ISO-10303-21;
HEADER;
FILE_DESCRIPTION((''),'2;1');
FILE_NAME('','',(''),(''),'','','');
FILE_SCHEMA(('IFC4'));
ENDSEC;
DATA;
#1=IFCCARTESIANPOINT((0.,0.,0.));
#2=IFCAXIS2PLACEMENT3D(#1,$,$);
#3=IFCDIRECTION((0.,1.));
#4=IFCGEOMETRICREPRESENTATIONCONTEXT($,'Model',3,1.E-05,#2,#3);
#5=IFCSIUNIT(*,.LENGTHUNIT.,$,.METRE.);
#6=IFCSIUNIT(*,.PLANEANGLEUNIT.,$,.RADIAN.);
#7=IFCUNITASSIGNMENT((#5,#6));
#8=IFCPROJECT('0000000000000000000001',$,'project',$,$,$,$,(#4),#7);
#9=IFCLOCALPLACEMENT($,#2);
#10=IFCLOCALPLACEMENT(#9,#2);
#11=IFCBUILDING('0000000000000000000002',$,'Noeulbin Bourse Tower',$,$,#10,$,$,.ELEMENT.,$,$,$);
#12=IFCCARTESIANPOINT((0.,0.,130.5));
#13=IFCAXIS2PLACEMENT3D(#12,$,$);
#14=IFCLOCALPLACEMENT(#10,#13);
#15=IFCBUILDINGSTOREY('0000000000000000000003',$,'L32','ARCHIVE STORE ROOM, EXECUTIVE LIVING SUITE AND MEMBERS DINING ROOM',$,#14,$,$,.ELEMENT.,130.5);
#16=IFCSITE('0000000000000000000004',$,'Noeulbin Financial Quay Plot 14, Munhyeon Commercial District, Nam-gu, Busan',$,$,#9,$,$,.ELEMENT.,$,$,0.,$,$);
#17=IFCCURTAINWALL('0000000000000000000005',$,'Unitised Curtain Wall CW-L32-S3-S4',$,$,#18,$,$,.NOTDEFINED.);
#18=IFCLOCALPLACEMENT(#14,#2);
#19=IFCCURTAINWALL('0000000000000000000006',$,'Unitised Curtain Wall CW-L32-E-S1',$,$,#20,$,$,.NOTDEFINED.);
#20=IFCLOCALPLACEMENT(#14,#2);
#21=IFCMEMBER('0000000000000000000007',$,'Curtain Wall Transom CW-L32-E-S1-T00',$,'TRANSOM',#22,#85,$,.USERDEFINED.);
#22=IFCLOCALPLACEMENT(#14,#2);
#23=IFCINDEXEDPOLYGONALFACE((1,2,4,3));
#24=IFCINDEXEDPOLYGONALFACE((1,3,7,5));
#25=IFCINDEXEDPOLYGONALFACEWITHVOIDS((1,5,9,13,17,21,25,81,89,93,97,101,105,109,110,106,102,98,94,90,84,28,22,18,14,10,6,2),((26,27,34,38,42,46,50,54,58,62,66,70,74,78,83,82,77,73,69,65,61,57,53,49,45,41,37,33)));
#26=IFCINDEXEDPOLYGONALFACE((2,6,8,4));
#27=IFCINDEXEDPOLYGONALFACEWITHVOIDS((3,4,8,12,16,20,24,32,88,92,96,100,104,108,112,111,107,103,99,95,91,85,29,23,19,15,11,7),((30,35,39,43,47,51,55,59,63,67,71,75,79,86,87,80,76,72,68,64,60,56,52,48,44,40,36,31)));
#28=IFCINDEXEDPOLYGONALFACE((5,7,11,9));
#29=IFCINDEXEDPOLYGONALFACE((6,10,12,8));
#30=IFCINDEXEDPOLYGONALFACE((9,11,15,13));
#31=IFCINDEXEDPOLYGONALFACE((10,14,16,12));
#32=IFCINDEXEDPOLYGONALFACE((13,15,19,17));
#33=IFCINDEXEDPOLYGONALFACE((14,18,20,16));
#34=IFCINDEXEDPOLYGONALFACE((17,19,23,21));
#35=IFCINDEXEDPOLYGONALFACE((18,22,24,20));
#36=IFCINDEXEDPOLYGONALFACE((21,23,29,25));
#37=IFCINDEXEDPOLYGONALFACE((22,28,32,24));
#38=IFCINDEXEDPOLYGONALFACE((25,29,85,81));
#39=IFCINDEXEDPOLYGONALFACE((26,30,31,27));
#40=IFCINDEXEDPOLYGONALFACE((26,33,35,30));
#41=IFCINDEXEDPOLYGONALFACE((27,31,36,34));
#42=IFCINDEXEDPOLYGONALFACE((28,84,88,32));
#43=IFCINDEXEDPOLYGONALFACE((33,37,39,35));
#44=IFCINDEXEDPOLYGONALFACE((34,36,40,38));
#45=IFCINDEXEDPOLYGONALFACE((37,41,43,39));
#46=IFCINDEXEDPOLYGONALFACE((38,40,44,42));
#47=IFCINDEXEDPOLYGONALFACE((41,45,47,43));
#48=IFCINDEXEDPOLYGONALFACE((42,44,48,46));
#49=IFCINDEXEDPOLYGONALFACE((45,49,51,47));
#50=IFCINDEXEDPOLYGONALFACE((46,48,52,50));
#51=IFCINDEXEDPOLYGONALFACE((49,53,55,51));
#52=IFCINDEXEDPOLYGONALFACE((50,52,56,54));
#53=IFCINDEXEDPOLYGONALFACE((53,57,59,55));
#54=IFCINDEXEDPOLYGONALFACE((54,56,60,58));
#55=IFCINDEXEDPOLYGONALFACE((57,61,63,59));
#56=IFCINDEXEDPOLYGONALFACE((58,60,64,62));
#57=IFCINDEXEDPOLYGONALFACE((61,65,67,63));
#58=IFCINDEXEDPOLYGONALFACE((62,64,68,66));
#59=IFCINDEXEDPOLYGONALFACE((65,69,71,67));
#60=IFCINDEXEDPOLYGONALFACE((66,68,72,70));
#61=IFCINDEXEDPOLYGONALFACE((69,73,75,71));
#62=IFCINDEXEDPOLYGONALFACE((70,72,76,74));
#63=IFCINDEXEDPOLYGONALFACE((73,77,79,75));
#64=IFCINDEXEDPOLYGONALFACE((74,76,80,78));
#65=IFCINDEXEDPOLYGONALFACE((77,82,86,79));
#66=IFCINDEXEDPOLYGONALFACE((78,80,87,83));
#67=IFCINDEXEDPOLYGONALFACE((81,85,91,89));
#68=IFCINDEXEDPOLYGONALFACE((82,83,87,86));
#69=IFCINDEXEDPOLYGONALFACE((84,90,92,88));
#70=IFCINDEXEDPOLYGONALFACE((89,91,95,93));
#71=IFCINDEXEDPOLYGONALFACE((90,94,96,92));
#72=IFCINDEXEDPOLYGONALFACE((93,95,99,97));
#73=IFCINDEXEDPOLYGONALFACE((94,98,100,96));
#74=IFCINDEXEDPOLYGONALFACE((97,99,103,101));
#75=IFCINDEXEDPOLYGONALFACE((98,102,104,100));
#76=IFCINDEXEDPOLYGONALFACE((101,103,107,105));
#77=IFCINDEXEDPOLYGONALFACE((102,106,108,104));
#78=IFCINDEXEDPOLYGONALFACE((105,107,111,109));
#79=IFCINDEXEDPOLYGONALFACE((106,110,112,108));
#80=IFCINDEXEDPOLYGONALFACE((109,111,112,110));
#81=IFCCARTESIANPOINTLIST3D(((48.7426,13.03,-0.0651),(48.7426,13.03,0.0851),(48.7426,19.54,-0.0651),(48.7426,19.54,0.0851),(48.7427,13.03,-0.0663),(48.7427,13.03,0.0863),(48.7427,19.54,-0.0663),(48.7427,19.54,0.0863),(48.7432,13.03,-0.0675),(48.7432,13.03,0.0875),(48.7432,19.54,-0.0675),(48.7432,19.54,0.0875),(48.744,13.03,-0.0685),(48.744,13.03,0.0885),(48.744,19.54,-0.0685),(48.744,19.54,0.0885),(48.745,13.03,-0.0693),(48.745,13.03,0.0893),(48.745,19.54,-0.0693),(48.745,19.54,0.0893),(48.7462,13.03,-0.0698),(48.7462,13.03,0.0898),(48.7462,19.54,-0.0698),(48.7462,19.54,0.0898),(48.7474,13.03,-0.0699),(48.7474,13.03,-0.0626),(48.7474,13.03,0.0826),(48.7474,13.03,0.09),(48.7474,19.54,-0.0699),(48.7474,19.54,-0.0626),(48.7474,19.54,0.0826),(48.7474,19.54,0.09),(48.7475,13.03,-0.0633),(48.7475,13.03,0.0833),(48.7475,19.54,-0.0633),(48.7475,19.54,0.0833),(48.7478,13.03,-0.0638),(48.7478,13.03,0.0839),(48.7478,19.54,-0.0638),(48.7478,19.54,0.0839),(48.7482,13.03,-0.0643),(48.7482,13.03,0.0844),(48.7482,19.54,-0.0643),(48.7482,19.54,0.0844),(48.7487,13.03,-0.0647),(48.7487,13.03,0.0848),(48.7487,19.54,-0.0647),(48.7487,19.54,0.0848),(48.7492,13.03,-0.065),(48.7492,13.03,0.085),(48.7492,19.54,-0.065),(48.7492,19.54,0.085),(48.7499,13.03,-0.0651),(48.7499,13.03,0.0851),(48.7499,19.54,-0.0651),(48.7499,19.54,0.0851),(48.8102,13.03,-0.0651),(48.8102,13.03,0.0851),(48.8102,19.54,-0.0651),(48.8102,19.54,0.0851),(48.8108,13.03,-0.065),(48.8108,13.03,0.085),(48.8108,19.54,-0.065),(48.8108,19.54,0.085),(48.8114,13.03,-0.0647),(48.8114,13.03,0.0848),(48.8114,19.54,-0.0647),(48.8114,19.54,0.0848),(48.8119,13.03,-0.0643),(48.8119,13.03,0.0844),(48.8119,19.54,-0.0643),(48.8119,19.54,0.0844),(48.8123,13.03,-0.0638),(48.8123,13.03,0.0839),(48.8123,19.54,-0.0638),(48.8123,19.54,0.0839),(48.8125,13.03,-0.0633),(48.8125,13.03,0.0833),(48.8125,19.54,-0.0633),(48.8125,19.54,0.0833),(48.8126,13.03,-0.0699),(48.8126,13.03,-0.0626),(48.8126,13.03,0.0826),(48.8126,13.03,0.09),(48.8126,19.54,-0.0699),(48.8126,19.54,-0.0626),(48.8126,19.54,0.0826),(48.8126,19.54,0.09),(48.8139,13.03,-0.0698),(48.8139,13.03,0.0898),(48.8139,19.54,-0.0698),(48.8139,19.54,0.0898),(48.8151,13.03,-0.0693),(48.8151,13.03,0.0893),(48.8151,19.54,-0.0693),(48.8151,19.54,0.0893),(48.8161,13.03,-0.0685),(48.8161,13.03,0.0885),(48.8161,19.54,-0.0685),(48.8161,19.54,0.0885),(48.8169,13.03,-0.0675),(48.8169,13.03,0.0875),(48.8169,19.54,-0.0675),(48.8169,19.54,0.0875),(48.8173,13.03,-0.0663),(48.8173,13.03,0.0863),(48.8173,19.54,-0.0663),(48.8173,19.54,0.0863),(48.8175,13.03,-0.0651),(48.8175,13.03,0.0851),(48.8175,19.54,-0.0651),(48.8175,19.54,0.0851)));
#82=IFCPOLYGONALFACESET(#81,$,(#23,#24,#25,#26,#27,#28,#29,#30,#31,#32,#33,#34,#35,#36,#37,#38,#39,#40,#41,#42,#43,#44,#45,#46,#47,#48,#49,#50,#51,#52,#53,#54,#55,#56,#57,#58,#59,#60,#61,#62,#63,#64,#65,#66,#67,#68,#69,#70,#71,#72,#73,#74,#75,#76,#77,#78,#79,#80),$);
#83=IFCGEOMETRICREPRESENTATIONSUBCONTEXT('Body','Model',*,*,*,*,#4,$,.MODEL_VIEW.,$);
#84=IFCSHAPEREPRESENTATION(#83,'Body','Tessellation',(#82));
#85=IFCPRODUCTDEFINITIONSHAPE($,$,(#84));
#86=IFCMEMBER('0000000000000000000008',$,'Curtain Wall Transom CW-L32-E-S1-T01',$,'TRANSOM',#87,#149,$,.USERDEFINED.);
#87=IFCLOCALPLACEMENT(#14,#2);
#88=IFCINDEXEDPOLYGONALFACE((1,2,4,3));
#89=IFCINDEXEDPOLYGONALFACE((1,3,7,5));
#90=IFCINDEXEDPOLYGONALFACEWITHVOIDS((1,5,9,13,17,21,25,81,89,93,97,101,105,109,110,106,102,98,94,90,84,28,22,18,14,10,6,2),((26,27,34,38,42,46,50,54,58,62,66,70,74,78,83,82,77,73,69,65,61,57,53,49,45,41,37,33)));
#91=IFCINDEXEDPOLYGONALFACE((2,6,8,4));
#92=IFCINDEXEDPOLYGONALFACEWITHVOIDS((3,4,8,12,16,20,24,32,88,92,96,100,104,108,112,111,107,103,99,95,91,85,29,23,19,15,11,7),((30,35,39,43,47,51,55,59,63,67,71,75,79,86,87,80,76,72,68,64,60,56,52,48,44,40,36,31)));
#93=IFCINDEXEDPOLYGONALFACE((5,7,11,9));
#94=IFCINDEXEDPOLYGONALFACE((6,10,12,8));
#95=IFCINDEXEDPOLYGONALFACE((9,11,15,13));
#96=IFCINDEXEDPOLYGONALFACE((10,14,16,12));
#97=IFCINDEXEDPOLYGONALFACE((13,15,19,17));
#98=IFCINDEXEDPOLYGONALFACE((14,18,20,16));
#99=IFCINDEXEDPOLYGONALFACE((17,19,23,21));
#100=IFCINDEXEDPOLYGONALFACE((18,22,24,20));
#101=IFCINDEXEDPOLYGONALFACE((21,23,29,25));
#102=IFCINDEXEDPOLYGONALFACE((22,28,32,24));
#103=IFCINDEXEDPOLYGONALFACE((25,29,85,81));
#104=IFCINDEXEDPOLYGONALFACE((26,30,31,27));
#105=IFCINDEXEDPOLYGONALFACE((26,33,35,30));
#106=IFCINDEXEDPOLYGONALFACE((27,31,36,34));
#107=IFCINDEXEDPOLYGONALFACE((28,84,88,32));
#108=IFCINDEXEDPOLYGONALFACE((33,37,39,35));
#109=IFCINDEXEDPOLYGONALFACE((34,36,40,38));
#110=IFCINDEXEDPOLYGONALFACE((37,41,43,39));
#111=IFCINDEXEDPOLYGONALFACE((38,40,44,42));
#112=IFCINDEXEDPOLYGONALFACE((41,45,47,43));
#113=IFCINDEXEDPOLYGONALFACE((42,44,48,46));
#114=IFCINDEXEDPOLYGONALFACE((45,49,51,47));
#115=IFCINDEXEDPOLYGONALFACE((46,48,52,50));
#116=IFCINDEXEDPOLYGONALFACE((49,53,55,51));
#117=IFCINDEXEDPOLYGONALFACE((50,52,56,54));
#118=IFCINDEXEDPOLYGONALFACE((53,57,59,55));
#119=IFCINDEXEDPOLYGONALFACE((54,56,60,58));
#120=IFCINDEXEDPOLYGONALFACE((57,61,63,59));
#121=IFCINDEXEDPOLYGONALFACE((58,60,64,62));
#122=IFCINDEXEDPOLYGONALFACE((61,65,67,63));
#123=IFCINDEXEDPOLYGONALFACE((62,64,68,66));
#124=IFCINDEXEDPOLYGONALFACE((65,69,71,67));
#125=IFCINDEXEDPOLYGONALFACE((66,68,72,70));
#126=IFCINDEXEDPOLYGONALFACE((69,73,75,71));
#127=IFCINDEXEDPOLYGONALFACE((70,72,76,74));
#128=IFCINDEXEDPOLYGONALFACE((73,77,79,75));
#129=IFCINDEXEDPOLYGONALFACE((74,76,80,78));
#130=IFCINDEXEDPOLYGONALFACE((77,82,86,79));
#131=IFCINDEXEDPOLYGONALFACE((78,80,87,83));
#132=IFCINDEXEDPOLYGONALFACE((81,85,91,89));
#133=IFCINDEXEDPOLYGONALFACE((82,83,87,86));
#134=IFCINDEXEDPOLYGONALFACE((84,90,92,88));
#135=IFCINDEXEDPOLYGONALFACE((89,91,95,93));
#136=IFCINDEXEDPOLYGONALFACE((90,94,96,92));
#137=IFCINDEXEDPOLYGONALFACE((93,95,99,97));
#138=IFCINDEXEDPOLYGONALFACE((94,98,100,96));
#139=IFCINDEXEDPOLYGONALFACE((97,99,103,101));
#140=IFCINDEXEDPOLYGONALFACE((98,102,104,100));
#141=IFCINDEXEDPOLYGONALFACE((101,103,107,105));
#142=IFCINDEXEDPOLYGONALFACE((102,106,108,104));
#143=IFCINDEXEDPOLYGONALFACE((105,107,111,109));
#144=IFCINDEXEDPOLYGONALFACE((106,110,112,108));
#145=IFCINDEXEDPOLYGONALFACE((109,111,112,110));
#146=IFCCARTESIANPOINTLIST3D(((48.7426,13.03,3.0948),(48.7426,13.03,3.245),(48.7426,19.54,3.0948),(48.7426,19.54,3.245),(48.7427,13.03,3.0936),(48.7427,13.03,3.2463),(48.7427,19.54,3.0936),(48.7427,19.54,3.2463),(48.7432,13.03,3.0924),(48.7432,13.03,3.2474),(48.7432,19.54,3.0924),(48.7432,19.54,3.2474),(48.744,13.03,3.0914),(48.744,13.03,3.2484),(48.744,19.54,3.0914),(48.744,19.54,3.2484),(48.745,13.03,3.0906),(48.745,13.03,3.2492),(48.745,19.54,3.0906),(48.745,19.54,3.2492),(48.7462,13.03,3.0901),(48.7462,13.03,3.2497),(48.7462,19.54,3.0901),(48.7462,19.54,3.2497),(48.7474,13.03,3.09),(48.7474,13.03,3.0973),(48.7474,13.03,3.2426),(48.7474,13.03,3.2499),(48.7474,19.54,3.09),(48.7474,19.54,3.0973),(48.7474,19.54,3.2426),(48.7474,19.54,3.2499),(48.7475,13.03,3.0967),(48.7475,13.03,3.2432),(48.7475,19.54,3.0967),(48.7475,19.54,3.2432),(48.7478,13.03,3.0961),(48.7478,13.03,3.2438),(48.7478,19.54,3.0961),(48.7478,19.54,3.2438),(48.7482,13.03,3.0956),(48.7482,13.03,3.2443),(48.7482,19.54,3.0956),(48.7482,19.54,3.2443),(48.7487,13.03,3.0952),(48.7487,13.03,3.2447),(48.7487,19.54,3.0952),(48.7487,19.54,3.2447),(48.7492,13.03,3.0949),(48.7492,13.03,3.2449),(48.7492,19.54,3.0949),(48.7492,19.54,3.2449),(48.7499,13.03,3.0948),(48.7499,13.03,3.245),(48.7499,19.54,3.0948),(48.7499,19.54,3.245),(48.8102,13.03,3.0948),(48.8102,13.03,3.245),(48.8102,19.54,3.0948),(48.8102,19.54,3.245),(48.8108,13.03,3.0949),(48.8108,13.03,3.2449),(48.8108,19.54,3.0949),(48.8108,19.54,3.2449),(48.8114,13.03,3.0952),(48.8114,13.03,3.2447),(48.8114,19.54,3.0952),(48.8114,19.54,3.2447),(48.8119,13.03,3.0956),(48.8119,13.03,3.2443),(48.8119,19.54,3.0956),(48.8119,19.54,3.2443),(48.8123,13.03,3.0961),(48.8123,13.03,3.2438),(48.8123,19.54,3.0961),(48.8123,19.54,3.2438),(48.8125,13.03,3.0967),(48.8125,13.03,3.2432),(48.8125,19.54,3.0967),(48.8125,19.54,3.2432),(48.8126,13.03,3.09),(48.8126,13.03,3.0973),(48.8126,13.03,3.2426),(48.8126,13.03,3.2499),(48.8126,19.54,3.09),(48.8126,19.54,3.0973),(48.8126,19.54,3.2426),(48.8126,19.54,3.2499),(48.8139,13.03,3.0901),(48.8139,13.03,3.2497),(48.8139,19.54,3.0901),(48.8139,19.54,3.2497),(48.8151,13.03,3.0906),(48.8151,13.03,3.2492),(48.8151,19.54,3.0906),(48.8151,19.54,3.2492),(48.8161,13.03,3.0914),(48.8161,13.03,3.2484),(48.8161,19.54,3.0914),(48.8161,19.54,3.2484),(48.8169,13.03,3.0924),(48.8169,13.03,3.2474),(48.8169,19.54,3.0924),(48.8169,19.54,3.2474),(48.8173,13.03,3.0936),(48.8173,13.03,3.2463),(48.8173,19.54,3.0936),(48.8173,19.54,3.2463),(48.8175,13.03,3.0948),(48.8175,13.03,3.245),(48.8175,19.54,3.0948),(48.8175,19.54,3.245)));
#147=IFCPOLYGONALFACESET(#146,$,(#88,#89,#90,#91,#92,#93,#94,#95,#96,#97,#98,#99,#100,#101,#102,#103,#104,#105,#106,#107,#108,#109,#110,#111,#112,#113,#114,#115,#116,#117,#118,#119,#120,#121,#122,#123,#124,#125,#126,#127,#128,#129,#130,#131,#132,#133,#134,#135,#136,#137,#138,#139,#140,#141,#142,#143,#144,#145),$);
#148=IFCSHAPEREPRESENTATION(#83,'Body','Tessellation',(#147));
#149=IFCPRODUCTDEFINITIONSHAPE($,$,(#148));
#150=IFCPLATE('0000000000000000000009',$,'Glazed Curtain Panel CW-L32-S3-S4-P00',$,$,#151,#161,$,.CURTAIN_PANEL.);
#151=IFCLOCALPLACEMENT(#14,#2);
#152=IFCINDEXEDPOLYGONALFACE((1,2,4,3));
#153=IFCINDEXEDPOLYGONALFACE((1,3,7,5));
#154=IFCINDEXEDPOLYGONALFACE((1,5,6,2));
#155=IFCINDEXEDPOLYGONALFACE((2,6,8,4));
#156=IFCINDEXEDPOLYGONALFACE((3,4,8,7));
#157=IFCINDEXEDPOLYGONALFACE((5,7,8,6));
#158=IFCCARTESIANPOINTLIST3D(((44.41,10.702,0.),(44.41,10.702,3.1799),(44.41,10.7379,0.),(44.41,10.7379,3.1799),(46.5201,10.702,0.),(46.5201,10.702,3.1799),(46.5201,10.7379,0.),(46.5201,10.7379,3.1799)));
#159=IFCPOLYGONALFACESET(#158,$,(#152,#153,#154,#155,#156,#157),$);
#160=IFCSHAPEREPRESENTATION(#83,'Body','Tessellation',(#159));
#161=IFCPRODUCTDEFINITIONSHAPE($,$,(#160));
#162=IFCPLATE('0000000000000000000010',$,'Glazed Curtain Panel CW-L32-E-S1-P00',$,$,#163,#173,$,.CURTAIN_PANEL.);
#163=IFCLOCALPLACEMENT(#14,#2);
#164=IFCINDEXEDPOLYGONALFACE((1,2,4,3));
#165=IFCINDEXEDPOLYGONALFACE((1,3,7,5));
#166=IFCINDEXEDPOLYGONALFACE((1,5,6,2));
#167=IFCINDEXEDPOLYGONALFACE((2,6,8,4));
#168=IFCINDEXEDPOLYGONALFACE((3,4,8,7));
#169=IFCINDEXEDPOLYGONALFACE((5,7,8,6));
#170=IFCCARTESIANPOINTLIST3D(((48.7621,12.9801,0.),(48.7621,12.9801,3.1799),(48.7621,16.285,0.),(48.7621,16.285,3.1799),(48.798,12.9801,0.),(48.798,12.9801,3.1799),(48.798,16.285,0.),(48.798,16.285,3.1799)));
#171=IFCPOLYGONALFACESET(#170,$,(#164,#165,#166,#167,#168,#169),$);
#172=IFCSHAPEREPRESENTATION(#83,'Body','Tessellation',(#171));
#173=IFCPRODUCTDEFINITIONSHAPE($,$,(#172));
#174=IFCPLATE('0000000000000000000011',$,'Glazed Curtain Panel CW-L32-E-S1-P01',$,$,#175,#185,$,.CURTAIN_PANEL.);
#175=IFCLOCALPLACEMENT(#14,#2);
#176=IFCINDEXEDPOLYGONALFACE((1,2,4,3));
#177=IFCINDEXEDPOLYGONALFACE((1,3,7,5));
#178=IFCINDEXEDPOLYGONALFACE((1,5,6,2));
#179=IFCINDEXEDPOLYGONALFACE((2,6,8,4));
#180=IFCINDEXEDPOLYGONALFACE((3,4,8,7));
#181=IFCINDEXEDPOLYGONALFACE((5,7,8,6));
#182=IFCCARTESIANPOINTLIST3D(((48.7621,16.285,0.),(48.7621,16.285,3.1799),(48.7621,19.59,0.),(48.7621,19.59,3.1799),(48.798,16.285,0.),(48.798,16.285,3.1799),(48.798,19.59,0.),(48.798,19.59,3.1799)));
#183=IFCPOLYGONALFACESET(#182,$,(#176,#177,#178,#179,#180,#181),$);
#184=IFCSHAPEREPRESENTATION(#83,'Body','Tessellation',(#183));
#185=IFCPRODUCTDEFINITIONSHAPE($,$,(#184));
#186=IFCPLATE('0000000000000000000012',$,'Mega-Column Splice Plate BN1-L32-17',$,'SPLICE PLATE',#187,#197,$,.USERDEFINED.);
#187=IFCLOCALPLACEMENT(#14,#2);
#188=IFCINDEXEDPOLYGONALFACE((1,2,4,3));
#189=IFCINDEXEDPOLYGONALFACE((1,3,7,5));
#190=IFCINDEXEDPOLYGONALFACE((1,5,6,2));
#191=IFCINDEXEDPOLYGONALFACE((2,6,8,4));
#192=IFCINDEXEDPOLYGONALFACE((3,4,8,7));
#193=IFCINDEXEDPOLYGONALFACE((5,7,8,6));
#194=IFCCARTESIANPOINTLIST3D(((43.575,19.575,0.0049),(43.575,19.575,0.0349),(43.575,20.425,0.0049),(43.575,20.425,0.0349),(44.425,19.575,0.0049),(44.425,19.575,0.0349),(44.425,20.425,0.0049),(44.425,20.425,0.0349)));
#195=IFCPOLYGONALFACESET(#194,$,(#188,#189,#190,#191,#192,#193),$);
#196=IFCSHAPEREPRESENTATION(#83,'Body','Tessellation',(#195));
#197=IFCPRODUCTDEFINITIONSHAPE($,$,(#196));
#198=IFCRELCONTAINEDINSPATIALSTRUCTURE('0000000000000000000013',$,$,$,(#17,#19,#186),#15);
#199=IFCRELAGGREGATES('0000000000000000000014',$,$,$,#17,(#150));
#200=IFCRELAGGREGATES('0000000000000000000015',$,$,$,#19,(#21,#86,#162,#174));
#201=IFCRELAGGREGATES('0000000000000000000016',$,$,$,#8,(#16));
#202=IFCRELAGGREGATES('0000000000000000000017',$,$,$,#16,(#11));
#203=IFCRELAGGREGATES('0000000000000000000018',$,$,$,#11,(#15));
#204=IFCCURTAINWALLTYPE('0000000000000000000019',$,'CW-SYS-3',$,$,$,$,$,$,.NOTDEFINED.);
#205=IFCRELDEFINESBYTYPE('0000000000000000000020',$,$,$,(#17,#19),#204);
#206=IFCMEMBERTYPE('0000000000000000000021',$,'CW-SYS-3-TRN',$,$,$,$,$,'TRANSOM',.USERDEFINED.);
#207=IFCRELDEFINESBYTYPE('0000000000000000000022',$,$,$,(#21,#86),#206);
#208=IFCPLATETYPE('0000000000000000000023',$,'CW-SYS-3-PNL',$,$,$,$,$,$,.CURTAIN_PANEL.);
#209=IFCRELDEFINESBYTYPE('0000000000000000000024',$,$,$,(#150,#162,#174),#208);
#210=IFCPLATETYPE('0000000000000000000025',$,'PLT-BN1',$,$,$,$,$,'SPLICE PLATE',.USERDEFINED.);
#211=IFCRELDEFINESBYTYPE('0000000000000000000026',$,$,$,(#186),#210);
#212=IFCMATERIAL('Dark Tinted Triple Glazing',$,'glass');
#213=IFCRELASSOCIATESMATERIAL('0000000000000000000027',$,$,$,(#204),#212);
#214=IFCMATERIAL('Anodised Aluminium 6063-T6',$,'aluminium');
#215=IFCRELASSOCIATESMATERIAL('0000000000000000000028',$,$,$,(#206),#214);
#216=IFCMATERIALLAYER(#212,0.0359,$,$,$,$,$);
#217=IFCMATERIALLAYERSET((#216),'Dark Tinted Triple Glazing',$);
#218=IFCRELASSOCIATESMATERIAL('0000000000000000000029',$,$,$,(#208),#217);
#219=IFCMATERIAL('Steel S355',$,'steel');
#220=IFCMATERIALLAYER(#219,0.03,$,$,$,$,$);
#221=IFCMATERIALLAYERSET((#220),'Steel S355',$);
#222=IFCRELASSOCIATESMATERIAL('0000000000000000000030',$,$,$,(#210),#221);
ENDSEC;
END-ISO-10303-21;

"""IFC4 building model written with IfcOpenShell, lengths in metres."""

from ifc_helpers import new_model, si_unit, direction, frame, origin, origin_2d, place, context, subcontext, project, spatial, rectangle, hollow_rectangle, extrude, material, layer, layer_set, material_profile, profile_set, type_object, element, aggregate, save


model = new_model("IFC4")

# Units and contexts
model_context = context("Model", 3, precision=1e-05, world=origin(), true_north=direction((0.0, 1.0)))
body_context = subcontext(model_context, "Body", "Model", "MODEL_VIEW")
ifc_project = project(units=[si_unit("LENGTHUNIT", "METRE"), si_unit("PLANEANGLEUNIT", "RADIAN")], contexts=[model_context])

# Site, building, storey
site_placement = place(None, origin())
site = spatial("IfcSite", under=ifc_project, at=site_placement, Name="Noeulbin Financial Quay Plot 14, Munhyeon Commercial District, Nam-gu, Busan", CompositionType="ELEMENT", RefElevation=0.0)
building_placement = place(site_placement, origin())
building = spatial("IfcBuilding", under=site, at=building_placement, Name="Noeulbin Bourse Tower", CompositionType="ELEMENT")
storey_placement = place(building_placement, frame((0.0, 0.0, 130.5)))
storey = spatial("IfcBuildingStorey", under=building, at=storey_placement, Name="L32", Description="ARCHIVE STORE ROOM, EXECUTIVE LIVING SUITE AND MEMBERS DINING ROOM", CompositionType="ELEMENT", Elevation=130.5)

# Shared definitions
ifc_material_1 = material(Name="Steel S355", Category="steel")

# Curtain walls
ifc_material_2 = material(Name="Dark Tinted Triple Glazing", Category="glass")
curtain_wall_type = type_object("IfcCurtainWallType", Name="CW-SYS-3", PredefinedType="NOTDEFINED", material=ifc_material_2)
curtain_wall_1_placement = place(storey_placement, origin())
curtain_wall_1 = element("IfcCurtainWall", 1, at=curtain_wall_1_placement, inside=storey, type_object=curtain_wall_type, Name="Unitised Curtain Wall CW-L32-S3-S4", PredefinedType="NOTDEFINED")
ifc_material_3 = material(Name="Anodised Aluminium 6063-T6", Category="aluminium")
curtain_wall_2_placement = place(storey_placement, origin())
curtain_wall_2 = element("IfcCurtainWall", 2, at=curtain_wall_2_placement, inside=storey, type_object=curtain_wall_type, Name="Unitised Curtain Wall CW-L32-E-S1", PredefinedType="NOTDEFINED")

# Members
ifc_material_profile_1 = material_profile(ifc_material_3, hollow_rectangle(XDim=0.075, YDim=0.1599, WallThickness=0.0049, InnerFilletRadius=0.0024, OuterFilletRadius=0.0049, at=origin_2d()), Name="ALU-TRAN-75x160x5", Category="LoadBearing")
ifc_profile_set_1 = profile_set([ifc_material_profile_1], Name="Anodised Aluminium 6063-T6")
member_type_1 = type_object("IfcMemberType", Name="CW-SYS-3-TRN", ElementType="TRANSOM", PredefinedType="USERDEFINED", material=ifc_profile_set_1)
member_1_placement = place(storey_placement, frame((48.78, 13.03, 0.01), z_axis=(0.0, 1.0, 0.0), x_axis=(-1.0, 0.0, 0.0)))
member_1 = element("IfcMember", 3, at=member_1_placement, type_object=member_type_1, Name="Curtain Wall Transom CW-L32-E-S1-T00", ObjectType="TRANSOM", PredefinedType="USERDEFINED", context=body_context, shape_type="SweptSolid", body=[
    extrude(hollow_rectangle(XDim=0.075, YDim=0.1599, WallThickness=0.0049, InnerFilletRadius=0.0024, OuterFilletRadius=0.0049, at=origin_2d()), origin(), (0.0, 0.0, 1.0), 6.51),
])
member_2_placement = place(storey_placement, frame((48.78, 13.03, 3.1699), z_axis=(0.0, 1.0, 0.0), x_axis=(-1.0, 0.0, 0.0)))
member_2 = element("IfcMember", 4, at=member_2_placement, type_object=member_type_1, Name="Curtain Wall Transom CW-L32-E-S1-T01", ObjectType="TRANSOM", PredefinedType="USERDEFINED", context=body_context, shape_type="SweptSolid", body=[
    extrude(hollow_rectangle(XDim=0.075, YDim=0.1599, WallThickness=0.0049, InnerFilletRadius=0.0024, OuterFilletRadius=0.0049, at=origin_2d()), origin(), (0.0, 0.0, 1.0), 6.51),
])

# Plates
ifc_layer_1 = layer(ifc_material_2, 0.0359)
ifc_layer_set_1 = layer_set([ifc_layer_1], Name="Dark Tinted Triple Glazing")
plate_type_1 = type_object("IfcPlateType", Name="CW-SYS-3-PNL", PredefinedType="CURTAIN_PANEL", material=ifc_layer_set_1)
plate_1_placement = place(storey_placement, frame((45.4651, 10.72, 0.0), z_axis=(0.0, 0.0, 1.0), x_axis=(1.0, 0.0, 0.0)))
plate_1 = element("IfcPlate", 5, at=plate_1_placement, type_object=plate_type_1, Name="Glazed Curtain Panel CW-L32-S3-S4-P00", PredefinedType="CURTAIN_PANEL", context=body_context, shape_type="SweptSolid", body=[
    extrude(rectangle(XDim=2.1101, YDim=0.0359, at=origin_2d()), origin(), (0.0, 0.0, 1.0), 3.1799),
])
aggregate(curtain_wall_1, [plate_1])
plate_2_placement = place(storey_placement, frame((48.78, 14.6326, 0.0), z_axis=(0.0, 0.0, 1.0), x_axis=(0.0, 1.0, 0.0)))
plate_2 = element("IfcPlate", 6, at=plate_2_placement, type_object=plate_type_1, Name="Glazed Curtain Panel CW-L32-E-S1-P00", PredefinedType="CURTAIN_PANEL", context=body_context, shape_type="SweptSolid", body=[
    extrude(rectangle(XDim=3.3049, YDim=0.0359, at=origin_2d()), origin(), (0.0, 0.0, 1.0), 3.1799),
])
plate_3_placement = place(storey_placement, frame((48.78, 17.9375, 0.0), z_axis=(0.0, 0.0, 1.0), x_axis=(0.0, 1.0, 0.0)))
plate_3 = element("IfcPlate", 7, at=plate_3_placement, type_object=plate_type_1, Name="Glazed Curtain Panel CW-L32-E-S1-P01", PredefinedType="CURTAIN_PANEL", context=body_context, shape_type="SweptSolid", body=[
    extrude(rectangle(XDim=3.3049, YDim=0.0359, at=origin_2d()), origin(), (0.0, 0.0, 1.0), 3.1799),
])
aggregate(curtain_wall_2, [member_1, member_2, plate_2, plate_3])

# Plate
ifc_layer_2 = layer(ifc_material_1, 0.03)
ifc_layer_set_2 = layer_set([ifc_layer_2], Name="Steel S355")
plate_type_2 = type_object("IfcPlateType", Name="PLT-BN1", ElementType="SPLICE PLATE", PredefinedType="USERDEFINED", material=ifc_layer_set_2)
for number, where, z_axis, x_axis, name in (
    (8, (44.0, 20.0, 0.0049), (0.0, 0.0, 1.0), (1.0, 0.0, 0.0), "Mega-Column Splice Plate BN1-L32-17"),
):
    element("IfcPlate", number, at=place(storey_placement, frame(where, z_axis=z_axis, x_axis=x_axis)), inside=storey, type_object=plate_type_2, Name=name, ObjectType="SPLICE PLATE", PredefinedType="USERDEFINED", context=body_context, shape_type="SweptSolid", body=[
        extrude(rectangle(XDim=0.8501, YDim=0.8501, at=origin_2d()), origin(), (0.0, 0.0, 1.0), 0.03),
    ])

save(model, "model.ifc")
